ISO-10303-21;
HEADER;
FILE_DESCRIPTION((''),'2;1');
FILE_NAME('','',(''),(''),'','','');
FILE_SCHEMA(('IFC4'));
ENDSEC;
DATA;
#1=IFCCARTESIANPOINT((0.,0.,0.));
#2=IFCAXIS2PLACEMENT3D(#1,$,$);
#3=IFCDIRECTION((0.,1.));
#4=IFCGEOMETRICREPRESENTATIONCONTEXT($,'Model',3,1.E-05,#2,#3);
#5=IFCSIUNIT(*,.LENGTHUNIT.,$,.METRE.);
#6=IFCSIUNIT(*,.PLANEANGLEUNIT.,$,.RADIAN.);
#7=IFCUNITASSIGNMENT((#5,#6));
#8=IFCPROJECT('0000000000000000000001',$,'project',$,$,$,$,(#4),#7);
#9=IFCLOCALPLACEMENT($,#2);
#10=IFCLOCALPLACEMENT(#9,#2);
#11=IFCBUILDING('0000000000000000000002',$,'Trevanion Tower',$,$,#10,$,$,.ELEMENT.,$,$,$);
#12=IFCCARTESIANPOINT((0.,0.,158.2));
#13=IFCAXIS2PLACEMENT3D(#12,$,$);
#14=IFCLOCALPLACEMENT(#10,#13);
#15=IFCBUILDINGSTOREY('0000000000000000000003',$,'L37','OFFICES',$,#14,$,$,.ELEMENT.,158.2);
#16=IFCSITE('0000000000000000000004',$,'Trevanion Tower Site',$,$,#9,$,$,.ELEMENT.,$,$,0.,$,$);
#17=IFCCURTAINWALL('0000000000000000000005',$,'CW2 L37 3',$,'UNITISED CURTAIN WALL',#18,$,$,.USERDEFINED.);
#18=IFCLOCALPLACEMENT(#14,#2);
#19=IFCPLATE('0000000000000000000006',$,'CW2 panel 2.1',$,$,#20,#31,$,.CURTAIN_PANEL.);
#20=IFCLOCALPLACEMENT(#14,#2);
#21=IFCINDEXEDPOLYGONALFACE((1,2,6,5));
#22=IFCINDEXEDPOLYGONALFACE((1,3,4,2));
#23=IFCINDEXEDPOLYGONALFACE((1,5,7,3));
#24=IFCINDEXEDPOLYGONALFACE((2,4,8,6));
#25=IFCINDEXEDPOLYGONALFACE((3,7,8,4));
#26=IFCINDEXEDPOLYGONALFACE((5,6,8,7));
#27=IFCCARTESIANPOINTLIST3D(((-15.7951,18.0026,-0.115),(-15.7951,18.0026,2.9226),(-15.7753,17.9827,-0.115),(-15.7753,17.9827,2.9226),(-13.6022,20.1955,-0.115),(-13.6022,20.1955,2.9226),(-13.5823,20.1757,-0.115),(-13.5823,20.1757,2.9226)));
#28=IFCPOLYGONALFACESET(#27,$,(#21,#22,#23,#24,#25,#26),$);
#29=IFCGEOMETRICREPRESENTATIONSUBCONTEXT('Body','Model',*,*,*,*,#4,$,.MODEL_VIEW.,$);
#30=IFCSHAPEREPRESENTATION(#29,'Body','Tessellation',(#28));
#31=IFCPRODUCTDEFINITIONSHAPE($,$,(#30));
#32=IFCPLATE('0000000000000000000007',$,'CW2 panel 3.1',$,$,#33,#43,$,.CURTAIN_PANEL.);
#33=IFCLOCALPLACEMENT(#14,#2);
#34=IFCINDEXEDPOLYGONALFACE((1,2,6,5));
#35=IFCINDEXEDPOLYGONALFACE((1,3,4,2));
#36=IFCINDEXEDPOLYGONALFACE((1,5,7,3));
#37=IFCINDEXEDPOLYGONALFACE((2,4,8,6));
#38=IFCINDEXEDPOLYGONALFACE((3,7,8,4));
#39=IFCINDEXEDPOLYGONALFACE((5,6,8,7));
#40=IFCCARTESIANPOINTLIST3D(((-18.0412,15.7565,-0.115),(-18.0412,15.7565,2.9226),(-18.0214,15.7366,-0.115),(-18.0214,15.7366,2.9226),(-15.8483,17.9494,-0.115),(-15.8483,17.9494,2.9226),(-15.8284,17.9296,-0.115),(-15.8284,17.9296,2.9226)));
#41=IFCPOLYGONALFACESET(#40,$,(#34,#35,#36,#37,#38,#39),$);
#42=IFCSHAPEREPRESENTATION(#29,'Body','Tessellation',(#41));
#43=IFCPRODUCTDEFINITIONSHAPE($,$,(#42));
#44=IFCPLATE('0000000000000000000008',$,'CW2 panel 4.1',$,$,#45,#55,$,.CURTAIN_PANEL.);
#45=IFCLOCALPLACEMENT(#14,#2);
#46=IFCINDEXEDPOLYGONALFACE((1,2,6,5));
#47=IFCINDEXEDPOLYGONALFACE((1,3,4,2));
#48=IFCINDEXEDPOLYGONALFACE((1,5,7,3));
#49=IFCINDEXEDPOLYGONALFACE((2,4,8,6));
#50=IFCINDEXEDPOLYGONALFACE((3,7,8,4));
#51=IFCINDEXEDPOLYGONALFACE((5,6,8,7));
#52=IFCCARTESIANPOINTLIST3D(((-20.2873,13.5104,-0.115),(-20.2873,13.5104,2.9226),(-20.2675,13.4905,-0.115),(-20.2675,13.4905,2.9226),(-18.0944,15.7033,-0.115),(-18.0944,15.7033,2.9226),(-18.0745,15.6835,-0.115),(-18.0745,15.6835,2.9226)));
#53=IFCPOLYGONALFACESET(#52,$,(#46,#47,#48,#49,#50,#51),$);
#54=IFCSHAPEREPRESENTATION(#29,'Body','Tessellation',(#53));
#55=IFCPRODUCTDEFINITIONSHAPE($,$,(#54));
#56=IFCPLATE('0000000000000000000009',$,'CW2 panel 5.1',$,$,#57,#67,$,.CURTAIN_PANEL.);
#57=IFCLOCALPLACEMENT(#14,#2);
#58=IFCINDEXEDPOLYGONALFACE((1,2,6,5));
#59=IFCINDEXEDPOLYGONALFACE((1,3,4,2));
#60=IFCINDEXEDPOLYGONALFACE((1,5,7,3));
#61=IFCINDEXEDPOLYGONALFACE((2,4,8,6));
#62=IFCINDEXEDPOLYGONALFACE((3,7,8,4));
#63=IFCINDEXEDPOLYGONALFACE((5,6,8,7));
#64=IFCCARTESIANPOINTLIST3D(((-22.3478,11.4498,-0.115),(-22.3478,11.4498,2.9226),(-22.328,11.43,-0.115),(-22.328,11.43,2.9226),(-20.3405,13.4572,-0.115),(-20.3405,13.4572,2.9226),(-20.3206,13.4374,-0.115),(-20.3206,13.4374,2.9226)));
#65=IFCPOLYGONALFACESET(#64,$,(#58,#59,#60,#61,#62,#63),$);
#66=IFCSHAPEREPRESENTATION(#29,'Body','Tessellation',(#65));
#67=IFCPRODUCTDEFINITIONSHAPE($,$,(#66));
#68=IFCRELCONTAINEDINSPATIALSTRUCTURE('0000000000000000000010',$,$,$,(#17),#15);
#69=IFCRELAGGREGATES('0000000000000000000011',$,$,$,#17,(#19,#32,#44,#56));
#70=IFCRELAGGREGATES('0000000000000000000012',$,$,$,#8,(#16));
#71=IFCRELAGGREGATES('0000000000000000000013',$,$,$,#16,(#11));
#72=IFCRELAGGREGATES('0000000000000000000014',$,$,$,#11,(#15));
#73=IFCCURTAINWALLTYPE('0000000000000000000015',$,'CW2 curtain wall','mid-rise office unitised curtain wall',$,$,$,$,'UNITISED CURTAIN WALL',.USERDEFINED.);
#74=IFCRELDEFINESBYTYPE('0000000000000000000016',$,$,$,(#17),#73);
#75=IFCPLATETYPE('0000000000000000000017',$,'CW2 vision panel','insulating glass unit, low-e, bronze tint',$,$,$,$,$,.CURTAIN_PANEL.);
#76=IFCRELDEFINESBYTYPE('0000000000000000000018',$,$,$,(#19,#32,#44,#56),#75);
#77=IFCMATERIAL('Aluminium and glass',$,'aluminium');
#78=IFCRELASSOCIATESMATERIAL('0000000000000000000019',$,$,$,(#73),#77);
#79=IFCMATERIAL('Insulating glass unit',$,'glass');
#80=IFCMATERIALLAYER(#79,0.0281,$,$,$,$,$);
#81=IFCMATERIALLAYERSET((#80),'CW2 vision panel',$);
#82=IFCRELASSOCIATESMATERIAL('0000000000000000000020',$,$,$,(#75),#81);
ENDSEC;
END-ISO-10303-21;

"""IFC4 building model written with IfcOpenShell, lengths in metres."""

from ifc_helpers import new_model, si_unit, direction, frame, origin, origin_2d, place, context, subcontext, project, spatial, rectangle, extrude, material, layer, layer_set, type_object, element, aggregate, save


model = new_model("IFC4")

# Units and contexts
model_context = context("Model", 3, precision=1e-05, world=origin(), true_north=direction((0.0, 1.0)))
body_context = subcontext(model_context, "Body", "Model", "MODEL_VIEW")
ifc_project = project(units=[si_unit("LENGTHUNIT", "METRE"), si_unit("PLANEANGLEUNIT", "RADIAN")], contexts=[model_context])

# Site, building, storey
site_placement = place(None, origin())
site = spatial("IfcSite", under=ifc_project, at=site_placement, Name="Trevanion Tower Site", CompositionType="ELEMENT", RefElevation=0.0)
building_placement = place(site_placement, origin())
building = spatial("IfcBuilding", under=site, at=building_placement, Name="Trevanion Tower", CompositionType="ELEMENT")
storey_placement = place(building_placement, frame((0.0, 0.0, 158.2)))
storey = spatial("IfcBuildingStorey", under=building, at=storey_placement, Name="L37", Description="OFFICES", CompositionType="ELEMENT", Elevation=158.2)

# Curtain wall
ifc_material_1 = material(Name="Aluminium and glass", Category="aluminium")
curtain_wall_type = type_object("IfcCurtainWallType", Name="CW2 curtain wall", Description="mid-rise office unitised curtain wall", ElementType="UNITISED CURTAIN WALL", PredefinedType="USERDEFINED", material=ifc_material_1)
curtain_wall_1_placement = place(storey_placement, origin())
curtain_wall_1 = element("IfcCurtainWall", 1, at=curtain_wall_1_placement, inside=storey, type_object=curtain_wall_type, Name="CW2 L37 3", ObjectType="UNITISED CURTAIN WALL", PredefinedType="USERDEFINED")

# Plates
ifc_material_2 = material(Name="Insulating glass unit", Category="glass")
ifc_layer_1 = layer(ifc_material_2, 0.0281)
ifc_layer_set_1 = layer_set([ifc_layer_1], Name="CW2 vision panel")
plate_type_1 = type_object("IfcPlateType", Name="CW2 vision panel", Description="insulating glass unit, low-e, bronze tint", PredefinedType="CURTAIN_PANEL", material=ifc_layer_set_1)
plate_1_placement = place(storey_placement, frame((-14.6887, 19.0891, -0.115), z_axis=(0.0, 0.0, 1.0), x_axis=(-0.707107, -0.707107, 0.0)))
plate_1 = element("IfcPlate", 2, at=plate_1_placement, type_object=plate_type_1, Name="CW2 panel 2.1", PredefinedType="CURTAIN_PANEL", context=body_context, shape_type="SweptSolid", body=[
    extrude(rectangle(XDim=3.1013, YDim=0.0281, at=origin_2d()), origin(), (0.0, 0.0, 1.0), 3.0376),
])
plate_2_placement = place(storey_placement, frame((-16.9348, 16.843, -0.115), z_axis=(0.0, 0.0, 1.0), x_axis=(-0.707107, -0.707107, 0.0)))
plate_2 = element("IfcPlate", 3, at=plate_2_placement, type_object=plate_type_1, Name="CW2 panel 3.1", PredefinedType="CURTAIN_PANEL", context=body_context, shape_type="SweptSolid", body=[
    extrude(rectangle(XDim=3.1013, YDim=0.0281, at=origin_2d()), origin(), (0.0, 0.0, 1.0), 3.0376),
])
plate_3_placement = place(storey_placement, frame((-19.1809, 14.5969, -0.115), z_axis=(0.0, 0.0, 1.0), x_axis=(-0.707107, -0.707107, 0.0)))
plate_3 = element("IfcPlate", 4, at=plate_3_placement, type_object=plate_type_1, Name="CW2 panel 4.1", PredefinedType="CURTAIN_PANEL", context=body_context, shape_type="SweptSolid", body=[
    extrude(rectangle(XDim=3.1013, YDim=0.0281, at=origin_2d()), origin(), (0.0, 0.0, 1.0), 3.0376),
])
plate_4_placement = place(storey_placement, frame((-21.3342, 12.4436, -0.115), z_axis=(0.0, 0.0, 1.0), x_axis=(-0.707107, -0.707107, 0.0)))
plate_4 = element("IfcPlate", 5, at=plate_4_placement, type_object=plate_type_1, Name="CW2 panel 5.1", PredefinedType="CURTAIN_PANEL", context=body_context, shape_type="SweptSolid", body=[
    extrude(rectangle(XDim=2.8389, YDim=0.0281, at=origin_2d()), origin(), (0.0, 0.0, 1.0), 3.0376),
])
aggregate(curtain_wall_1, [plate_1, plate_2, plate_3, plate_4])

save(model, "model.ifc")
